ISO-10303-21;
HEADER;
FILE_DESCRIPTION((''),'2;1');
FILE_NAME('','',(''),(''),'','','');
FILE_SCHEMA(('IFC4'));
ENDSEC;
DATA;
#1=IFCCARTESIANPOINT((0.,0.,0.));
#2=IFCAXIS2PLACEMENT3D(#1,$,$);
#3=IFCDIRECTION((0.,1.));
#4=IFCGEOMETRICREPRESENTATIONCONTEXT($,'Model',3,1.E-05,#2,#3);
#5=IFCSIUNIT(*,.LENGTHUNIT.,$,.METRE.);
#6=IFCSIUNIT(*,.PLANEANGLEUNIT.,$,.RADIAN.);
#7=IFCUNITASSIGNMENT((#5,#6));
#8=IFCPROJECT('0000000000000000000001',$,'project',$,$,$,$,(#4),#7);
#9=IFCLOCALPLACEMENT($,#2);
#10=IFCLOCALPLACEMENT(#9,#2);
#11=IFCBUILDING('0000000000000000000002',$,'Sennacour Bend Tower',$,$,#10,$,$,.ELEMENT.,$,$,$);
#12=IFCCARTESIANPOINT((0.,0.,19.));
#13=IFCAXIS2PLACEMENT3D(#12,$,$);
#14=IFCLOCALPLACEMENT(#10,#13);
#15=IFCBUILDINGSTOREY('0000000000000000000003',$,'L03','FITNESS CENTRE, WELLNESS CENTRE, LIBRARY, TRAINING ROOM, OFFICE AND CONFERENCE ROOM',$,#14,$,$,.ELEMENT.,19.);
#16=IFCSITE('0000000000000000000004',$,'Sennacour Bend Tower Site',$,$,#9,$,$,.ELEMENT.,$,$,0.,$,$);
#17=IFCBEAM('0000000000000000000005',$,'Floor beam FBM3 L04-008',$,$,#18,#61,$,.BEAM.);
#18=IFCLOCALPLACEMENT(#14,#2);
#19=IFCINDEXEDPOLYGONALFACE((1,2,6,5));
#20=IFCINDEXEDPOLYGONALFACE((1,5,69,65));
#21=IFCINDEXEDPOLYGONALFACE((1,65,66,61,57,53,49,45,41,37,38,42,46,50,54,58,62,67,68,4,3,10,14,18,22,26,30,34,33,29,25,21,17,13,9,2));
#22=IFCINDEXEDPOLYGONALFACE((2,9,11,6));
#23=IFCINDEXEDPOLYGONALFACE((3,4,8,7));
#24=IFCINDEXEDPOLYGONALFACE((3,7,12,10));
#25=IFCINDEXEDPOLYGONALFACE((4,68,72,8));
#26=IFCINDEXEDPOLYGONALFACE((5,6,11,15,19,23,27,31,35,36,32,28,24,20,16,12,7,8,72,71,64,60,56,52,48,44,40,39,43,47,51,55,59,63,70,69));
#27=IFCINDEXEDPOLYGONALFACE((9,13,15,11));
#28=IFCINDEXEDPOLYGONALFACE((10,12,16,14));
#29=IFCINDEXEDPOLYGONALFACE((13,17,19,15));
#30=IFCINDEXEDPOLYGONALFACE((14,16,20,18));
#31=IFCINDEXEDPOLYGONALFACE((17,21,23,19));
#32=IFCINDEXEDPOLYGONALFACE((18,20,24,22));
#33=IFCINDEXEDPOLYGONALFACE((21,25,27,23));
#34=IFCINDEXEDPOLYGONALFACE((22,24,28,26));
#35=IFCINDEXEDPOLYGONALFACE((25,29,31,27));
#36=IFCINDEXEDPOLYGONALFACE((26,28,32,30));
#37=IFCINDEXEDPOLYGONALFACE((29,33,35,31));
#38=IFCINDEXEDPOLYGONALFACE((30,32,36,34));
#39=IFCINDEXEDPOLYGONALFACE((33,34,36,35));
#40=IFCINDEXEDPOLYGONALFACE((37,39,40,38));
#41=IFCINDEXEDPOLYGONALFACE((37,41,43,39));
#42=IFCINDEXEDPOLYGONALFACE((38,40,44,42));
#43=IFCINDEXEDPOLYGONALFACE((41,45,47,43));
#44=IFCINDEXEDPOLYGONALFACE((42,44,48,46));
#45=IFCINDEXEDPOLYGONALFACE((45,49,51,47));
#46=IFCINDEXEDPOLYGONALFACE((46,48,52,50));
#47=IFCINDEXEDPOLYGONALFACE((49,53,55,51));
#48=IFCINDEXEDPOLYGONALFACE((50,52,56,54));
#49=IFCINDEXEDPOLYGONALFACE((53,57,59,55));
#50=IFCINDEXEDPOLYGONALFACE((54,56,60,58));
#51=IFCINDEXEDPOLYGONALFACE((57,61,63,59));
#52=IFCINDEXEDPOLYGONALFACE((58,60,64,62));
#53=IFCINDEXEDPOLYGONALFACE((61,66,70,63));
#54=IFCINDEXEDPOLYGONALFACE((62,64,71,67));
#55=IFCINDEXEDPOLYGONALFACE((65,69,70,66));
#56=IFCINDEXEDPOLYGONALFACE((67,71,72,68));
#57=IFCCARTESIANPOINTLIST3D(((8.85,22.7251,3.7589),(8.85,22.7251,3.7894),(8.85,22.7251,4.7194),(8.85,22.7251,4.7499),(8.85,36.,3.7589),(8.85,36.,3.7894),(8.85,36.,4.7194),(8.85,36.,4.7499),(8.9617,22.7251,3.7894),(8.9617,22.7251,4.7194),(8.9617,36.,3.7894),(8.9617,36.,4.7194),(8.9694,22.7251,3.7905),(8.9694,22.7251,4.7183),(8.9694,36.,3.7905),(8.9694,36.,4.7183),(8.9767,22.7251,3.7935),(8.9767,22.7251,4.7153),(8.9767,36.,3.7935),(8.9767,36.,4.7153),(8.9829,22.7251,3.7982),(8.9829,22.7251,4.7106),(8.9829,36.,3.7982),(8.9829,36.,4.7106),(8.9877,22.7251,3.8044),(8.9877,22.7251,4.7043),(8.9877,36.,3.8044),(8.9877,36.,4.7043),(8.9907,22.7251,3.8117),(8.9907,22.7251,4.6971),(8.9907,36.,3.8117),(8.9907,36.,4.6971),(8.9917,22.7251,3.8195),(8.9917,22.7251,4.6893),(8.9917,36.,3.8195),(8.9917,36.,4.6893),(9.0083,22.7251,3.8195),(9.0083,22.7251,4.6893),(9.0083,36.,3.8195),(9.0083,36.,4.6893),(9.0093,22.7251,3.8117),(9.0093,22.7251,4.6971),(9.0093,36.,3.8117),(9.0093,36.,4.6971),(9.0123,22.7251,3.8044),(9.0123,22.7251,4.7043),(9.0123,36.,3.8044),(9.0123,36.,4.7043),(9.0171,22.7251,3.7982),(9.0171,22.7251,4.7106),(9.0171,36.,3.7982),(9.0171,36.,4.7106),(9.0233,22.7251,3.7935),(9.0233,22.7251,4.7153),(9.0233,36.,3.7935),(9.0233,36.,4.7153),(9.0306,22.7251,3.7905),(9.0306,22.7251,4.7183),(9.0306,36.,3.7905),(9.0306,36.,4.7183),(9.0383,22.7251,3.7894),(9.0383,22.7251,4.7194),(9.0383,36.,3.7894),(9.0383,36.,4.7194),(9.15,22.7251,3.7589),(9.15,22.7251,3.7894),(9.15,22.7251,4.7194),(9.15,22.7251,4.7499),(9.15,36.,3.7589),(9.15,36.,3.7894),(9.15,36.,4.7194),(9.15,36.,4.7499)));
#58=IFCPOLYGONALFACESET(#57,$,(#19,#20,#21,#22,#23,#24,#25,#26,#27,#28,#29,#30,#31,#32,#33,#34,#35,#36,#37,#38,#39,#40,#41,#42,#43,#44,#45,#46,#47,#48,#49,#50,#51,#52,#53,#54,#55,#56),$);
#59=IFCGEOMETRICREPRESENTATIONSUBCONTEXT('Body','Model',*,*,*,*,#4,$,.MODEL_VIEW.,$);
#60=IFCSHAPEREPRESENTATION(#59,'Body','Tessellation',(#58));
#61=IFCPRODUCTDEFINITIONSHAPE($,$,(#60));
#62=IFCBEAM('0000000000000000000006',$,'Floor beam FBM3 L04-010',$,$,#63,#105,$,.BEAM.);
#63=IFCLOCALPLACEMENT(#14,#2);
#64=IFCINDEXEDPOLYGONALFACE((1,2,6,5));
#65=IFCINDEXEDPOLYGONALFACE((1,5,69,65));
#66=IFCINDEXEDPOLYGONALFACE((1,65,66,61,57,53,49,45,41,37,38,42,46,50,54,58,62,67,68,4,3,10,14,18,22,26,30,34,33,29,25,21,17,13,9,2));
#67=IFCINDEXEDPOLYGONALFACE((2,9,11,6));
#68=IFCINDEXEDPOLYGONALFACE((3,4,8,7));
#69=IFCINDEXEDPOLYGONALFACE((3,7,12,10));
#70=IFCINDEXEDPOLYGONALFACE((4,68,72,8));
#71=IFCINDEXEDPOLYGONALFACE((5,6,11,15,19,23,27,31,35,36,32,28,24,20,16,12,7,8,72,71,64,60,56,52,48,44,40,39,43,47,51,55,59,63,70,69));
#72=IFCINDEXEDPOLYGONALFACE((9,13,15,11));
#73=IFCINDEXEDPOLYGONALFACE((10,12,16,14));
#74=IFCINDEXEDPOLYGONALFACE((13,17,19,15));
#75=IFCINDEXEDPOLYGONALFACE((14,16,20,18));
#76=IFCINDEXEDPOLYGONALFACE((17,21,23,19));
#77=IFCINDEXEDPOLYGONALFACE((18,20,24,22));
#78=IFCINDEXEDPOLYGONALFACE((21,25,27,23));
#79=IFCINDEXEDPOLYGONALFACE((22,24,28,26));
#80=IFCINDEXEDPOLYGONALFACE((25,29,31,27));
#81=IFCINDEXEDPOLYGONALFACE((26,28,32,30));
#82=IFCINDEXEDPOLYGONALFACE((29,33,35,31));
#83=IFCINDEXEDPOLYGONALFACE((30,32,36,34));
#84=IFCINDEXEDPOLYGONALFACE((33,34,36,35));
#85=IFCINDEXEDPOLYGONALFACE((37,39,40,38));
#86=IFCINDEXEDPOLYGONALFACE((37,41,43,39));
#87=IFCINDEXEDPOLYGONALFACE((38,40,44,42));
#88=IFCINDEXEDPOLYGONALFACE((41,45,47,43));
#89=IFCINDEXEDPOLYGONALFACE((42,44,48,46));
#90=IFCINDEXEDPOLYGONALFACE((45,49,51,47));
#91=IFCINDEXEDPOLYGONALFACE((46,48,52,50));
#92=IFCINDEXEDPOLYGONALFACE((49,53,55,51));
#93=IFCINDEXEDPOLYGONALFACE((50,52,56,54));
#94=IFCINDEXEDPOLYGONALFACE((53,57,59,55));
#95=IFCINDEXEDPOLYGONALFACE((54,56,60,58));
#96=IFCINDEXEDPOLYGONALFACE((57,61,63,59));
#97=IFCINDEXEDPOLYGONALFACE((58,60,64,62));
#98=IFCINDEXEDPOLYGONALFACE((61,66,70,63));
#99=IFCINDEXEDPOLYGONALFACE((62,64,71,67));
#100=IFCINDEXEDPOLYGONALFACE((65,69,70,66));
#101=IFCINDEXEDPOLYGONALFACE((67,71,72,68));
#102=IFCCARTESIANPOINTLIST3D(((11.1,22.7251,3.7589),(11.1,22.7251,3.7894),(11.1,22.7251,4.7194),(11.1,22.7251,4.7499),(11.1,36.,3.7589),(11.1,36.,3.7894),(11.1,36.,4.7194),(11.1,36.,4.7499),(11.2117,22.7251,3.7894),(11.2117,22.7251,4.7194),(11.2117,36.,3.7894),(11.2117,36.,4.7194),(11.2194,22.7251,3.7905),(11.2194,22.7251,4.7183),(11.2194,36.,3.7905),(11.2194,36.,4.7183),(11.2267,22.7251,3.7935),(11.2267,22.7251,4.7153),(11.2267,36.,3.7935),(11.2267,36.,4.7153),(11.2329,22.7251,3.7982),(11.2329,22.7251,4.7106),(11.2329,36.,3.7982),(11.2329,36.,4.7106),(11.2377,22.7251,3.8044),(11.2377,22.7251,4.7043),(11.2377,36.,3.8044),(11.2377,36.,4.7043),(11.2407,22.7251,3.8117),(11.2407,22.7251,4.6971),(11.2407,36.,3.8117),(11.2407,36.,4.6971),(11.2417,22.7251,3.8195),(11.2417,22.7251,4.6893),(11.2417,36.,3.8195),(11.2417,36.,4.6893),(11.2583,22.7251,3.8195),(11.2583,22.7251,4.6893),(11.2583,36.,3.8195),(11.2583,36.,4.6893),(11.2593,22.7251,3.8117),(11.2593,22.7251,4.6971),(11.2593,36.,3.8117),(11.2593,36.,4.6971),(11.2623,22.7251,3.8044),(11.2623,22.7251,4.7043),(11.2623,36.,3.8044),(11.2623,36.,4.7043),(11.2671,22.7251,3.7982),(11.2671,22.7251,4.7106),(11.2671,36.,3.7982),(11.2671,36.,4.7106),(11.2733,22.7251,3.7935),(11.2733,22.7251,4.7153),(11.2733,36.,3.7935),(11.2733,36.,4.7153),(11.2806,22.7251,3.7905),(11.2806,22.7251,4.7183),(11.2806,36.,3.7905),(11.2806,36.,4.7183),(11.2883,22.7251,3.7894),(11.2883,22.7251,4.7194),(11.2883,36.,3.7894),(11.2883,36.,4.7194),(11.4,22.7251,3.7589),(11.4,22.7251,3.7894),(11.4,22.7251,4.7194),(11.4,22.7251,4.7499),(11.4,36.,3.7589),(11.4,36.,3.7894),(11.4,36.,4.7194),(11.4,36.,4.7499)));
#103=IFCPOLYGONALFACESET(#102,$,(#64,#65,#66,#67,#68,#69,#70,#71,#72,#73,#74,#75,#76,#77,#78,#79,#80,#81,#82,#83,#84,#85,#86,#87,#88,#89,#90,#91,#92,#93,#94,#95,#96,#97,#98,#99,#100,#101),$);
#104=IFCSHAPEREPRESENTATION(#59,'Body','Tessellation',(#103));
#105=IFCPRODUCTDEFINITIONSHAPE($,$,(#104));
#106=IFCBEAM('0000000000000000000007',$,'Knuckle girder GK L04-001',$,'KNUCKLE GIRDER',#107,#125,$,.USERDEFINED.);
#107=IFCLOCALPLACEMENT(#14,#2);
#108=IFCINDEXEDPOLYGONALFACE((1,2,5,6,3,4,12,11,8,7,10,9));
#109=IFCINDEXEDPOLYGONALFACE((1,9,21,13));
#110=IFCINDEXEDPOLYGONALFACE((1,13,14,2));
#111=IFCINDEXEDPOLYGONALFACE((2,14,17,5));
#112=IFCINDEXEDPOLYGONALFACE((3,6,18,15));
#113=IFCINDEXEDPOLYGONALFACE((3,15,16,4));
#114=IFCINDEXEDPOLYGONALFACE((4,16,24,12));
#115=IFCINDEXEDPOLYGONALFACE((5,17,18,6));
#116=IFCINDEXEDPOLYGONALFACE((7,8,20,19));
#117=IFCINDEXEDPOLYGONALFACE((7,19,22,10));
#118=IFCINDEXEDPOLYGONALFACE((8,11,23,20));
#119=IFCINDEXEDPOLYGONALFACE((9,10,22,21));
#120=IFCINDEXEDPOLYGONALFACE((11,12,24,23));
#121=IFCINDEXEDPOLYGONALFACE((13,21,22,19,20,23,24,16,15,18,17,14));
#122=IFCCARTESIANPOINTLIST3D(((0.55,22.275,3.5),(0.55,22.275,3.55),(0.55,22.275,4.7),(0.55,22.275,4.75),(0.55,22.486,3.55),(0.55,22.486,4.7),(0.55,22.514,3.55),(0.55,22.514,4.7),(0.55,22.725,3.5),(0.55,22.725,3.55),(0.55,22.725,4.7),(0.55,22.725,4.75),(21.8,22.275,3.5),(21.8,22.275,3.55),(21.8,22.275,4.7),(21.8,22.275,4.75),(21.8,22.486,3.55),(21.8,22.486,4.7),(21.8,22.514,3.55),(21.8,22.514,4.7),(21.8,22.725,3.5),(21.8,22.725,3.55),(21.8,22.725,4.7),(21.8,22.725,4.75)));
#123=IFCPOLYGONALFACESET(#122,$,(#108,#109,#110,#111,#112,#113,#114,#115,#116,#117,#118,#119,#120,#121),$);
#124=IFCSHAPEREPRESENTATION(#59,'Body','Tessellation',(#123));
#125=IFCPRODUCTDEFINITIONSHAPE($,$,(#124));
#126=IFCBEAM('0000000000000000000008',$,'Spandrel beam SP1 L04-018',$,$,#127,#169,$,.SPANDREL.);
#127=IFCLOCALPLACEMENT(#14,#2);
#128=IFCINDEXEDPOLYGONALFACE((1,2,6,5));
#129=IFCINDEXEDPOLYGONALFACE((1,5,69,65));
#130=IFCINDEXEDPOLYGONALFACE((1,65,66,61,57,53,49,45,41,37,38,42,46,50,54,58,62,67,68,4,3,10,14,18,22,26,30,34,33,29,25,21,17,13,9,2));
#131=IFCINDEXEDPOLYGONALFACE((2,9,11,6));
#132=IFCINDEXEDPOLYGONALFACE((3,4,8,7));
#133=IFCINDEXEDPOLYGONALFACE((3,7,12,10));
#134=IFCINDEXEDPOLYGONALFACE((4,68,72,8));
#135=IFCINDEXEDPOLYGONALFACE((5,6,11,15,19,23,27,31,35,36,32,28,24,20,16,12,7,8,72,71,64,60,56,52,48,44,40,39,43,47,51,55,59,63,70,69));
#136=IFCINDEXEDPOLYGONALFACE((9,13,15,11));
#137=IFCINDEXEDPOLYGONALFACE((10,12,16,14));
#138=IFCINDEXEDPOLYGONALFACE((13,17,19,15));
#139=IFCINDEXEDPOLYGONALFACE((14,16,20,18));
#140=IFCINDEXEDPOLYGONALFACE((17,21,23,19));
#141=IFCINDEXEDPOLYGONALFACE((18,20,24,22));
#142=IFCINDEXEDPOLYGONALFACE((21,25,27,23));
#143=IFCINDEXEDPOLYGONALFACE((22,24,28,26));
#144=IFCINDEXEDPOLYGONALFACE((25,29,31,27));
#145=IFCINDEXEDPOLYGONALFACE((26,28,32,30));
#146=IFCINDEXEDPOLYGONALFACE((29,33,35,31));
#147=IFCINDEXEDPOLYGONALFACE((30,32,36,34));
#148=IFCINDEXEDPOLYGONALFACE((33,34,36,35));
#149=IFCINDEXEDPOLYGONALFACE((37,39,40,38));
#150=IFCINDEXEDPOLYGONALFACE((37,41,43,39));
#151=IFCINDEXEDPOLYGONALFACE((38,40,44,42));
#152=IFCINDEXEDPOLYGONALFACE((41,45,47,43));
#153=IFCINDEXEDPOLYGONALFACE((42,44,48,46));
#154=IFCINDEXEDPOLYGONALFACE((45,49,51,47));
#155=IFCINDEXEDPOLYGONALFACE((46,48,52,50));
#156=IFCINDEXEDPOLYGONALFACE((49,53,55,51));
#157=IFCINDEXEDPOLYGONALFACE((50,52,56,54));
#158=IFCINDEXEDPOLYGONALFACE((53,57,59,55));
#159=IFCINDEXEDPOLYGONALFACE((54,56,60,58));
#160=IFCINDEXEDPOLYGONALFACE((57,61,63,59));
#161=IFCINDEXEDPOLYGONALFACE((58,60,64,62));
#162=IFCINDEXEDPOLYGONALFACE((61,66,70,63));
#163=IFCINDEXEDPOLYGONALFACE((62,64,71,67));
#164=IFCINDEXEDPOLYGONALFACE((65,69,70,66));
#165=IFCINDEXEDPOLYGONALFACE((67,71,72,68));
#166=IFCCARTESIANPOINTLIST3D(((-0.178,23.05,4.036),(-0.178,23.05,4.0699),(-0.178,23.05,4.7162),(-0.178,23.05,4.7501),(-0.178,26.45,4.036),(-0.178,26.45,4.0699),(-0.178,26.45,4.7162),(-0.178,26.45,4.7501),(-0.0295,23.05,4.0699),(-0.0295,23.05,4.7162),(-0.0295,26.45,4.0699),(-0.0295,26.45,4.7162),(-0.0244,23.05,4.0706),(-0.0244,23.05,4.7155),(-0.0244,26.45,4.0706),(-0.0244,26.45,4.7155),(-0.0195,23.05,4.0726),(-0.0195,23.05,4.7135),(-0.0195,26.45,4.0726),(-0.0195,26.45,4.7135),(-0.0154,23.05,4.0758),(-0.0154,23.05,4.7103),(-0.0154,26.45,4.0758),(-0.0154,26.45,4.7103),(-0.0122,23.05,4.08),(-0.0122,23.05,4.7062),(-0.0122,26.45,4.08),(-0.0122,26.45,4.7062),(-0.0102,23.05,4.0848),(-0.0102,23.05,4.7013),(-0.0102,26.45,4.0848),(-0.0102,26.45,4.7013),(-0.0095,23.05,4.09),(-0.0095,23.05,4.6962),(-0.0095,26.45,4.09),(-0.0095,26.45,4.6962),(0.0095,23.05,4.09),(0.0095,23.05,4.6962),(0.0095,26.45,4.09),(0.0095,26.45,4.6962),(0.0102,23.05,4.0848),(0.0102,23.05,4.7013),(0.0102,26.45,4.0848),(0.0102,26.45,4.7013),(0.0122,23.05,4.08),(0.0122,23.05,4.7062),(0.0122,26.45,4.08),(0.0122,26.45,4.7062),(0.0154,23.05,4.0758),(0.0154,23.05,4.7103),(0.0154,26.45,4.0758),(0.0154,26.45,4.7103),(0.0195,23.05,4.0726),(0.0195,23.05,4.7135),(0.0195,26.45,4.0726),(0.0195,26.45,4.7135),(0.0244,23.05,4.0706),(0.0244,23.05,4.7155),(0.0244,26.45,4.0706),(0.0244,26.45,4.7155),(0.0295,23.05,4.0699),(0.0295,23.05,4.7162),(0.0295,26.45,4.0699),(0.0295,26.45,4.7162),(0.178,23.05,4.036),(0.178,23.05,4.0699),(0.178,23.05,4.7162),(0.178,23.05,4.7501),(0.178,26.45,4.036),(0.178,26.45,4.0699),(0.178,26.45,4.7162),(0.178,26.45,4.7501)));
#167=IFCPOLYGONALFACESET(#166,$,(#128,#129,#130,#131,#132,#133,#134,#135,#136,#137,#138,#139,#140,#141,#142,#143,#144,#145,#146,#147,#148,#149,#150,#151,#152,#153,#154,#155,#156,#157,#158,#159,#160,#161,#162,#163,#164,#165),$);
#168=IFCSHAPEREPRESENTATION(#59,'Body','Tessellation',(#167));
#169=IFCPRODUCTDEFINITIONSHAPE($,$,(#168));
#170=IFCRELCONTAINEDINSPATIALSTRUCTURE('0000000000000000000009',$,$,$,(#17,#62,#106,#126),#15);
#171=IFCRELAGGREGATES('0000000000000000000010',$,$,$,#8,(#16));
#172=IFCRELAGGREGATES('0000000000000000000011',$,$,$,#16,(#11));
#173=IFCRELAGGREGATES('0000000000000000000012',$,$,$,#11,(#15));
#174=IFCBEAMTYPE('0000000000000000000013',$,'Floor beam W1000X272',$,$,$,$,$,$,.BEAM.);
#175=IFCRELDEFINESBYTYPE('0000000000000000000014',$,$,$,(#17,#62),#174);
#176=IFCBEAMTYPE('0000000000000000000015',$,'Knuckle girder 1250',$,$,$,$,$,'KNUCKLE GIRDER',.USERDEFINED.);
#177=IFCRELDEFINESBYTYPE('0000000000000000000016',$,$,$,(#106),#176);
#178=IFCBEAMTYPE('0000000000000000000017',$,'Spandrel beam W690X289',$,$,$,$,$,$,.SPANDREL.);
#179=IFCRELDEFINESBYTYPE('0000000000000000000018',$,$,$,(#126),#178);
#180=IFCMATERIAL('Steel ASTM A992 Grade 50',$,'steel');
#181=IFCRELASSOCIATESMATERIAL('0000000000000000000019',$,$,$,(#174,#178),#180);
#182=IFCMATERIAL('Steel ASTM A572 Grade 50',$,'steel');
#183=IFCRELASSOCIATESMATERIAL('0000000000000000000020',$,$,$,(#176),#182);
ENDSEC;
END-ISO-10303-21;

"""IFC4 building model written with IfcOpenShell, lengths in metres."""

from ifc_helpers import new_model, si_unit, direction, frame, origin, origin_2d, place, context, subcontext, project, spatial, i_section, extrude, material, material_profile, profile_set, type_object, element, save


model = new_model("IFC4")

# Units and contexts
model_context = context("Model", 3, precision=1e-05, world=origin(), true_north=direction((0.0, 1.0)))
body_context = subcontext(model_context, "Body", "Model", "MODEL_VIEW")
ifc_project = project(units=[si_unit("LENGTHUNIT", "METRE"), si_unit("PLANEANGLEUNIT", "RADIAN")], contexts=[model_context])

# Site, building, storey
site_placement = place(None, origin())
site = spatial("IfcSite", under=ifc_project, at=site_placement, Name="Sennacour Bend Tower Site", CompositionType="ELEMENT", RefElevation=0.0)
building_placement = place(site_placement, origin())
building = spatial("IfcBuilding", under=site, at=building_placement, Name="Sennacour Bend Tower", CompositionType="ELEMENT")
storey_placement = place(building_placement, frame((0.0, 0.0, 19.0)))
storey = spatial("IfcBuildingStorey", under=building, at=storey_placement, Name="L03", Description="FITNESS CENTRE, WELLNESS CENTRE, LIBRARY, TRAINING ROOM, OFFICE AND CONFERENCE ROOM", CompositionType="ELEMENT", Elevation=19.0)

# Shared definitions
ifc_material_1 = material(Name="Steel ASTM A572 Grade 50", Category="steel")

# Beams
ifc_material_2 = material(Name="Steel ASTM A992 Grade 50", Category="steel")
ifc_material_profile_1 = material_profile(ifc_material_2, i_section(OverallWidth=0.3, OverallDepth=0.991, WebThickness=0.0166, FlangeThickness=0.0305, FilletRadius=0.03, at=origin_2d()), Name="Steel ASTM A992 Grade 50", Category="steel")
ifc_profile_set_1 = profile_set([ifc_material_profile_1], Name="Steel ASTM A992 Grade 50")
beam_type_1 = type_object("IfcBeamType", Name="Floor beam W1000X272", PredefinedType="BEAM", material=ifc_profile_set_1)
for number, where, z_axis, x_axis, name in (
    (1, (9.0, 22.7251, 4.2544), (0.0, 1.0, 0.0), (-1.0, 0.0, 0.0), "Floor beam FBM3 L04-008"),
    (2, (11.25, 22.7251, 4.2544), (0.0, 1.0, 0.0), (-1.0, 0.0, 0.0), "Floor beam FBM3 L04-010"),
):
    element("IfcBeam", number, at=place(storey_placement, frame(where, z_axis=z_axis, x_axis=x_axis)), inside=storey, type_object=beam_type_1, Name=name, PredefinedType="BEAM", context=body_context, shape_type="SweptSolid", body=[
        extrude(i_section(OverallWidth=0.3, OverallDepth=0.991, WebThickness=0.0166, FlangeThickness=0.0305, FilletRadius=0.03, at=origin_2d()), origin(), (0.0, 0.0, 1.0), 13.2749),
    ])
ifc_material_profile_2 = material_profile(ifc_material_1, i_section(OverallWidth=0.45, OverallDepth=1.25, WebThickness=0.0281, FlangeThickness=0.05, at=origin_2d()), Name="Steel ASTM A572 Grade 50", Category="steel")
ifc_profile_set_2 = profile_set([ifc_material_profile_2], Name="Steel ASTM A572 Grade 50")
beam_type_2 = type_object("IfcBeamType", Name="Knuckle girder 1250", ElementType="KNUCKLE GIRDER", PredefinedType="USERDEFINED", material=ifc_profile_set_2)
beam_placement = place(storey_placement, frame((0.55, 22.5, 4.125), z_axis=(1.0, 0.0, 0.0), x_axis=(0.0, 1.0, 0.0)))
element("IfcBeam", 3, at=beam_placement, inside=storey, type_object=beam_type_2, Name="Knuckle girder GK L04-001", ObjectType="KNUCKLE GIRDER", PredefinedType="USERDEFINED", context=body_context, shape_type="SweptSolid", body=[
    extrude(i_section(OverallWidth=0.45, OverallDepth=1.25, WebThickness=0.0281, FlangeThickness=0.05, at=origin_2d()), origin(), (0.0, 0.0, 1.0), 21.25),
])
ifc_material_profile_3 = material_profile(ifc_material_2, i_section(OverallWidth=0.356, OverallDepth=0.7141, WebThickness=0.019, FlangeThickness=0.0339, FilletRadius=0.02, at=origin_2d()), Name="Steel ASTM A992 Grade 50", Category="steel")
ifc_profile_set_3 = profile_set([ifc_material_profile_3], Name="Steel ASTM A992 Grade 50")
beam_type_3 = type_object("IfcBeamType", Name="Spandrel beam W690X289", PredefinedType="SPANDREL", material=ifc_profile_set_3)
for number, where, z_axis, x_axis, name in (
    (4, (0.0, 26.45, 4.3931), (0.0, -1.0, 0.0), (1.0, 0.0, 0.0), "Spandrel beam SP1 L04-018"),
):
    element("IfcBeam", number, at=place(storey_placement, frame(where, z_axis=z_axis, x_axis=x_axis)), inside=storey, type_object=beam_type_3, Name=name, PredefinedType="SPANDREL", context=body_context, shape_type="SweptSolid", body=[
        extrude(i_section(OverallWidth=0.356, OverallDepth=0.7141, WebThickness=0.019, FlangeThickness=0.0339, FilletRadius=0.02, at=origin_2d()), origin(), (0.0, 0.0, 1.0), 3.3999),
    ])

save(model, "model.ifc")
